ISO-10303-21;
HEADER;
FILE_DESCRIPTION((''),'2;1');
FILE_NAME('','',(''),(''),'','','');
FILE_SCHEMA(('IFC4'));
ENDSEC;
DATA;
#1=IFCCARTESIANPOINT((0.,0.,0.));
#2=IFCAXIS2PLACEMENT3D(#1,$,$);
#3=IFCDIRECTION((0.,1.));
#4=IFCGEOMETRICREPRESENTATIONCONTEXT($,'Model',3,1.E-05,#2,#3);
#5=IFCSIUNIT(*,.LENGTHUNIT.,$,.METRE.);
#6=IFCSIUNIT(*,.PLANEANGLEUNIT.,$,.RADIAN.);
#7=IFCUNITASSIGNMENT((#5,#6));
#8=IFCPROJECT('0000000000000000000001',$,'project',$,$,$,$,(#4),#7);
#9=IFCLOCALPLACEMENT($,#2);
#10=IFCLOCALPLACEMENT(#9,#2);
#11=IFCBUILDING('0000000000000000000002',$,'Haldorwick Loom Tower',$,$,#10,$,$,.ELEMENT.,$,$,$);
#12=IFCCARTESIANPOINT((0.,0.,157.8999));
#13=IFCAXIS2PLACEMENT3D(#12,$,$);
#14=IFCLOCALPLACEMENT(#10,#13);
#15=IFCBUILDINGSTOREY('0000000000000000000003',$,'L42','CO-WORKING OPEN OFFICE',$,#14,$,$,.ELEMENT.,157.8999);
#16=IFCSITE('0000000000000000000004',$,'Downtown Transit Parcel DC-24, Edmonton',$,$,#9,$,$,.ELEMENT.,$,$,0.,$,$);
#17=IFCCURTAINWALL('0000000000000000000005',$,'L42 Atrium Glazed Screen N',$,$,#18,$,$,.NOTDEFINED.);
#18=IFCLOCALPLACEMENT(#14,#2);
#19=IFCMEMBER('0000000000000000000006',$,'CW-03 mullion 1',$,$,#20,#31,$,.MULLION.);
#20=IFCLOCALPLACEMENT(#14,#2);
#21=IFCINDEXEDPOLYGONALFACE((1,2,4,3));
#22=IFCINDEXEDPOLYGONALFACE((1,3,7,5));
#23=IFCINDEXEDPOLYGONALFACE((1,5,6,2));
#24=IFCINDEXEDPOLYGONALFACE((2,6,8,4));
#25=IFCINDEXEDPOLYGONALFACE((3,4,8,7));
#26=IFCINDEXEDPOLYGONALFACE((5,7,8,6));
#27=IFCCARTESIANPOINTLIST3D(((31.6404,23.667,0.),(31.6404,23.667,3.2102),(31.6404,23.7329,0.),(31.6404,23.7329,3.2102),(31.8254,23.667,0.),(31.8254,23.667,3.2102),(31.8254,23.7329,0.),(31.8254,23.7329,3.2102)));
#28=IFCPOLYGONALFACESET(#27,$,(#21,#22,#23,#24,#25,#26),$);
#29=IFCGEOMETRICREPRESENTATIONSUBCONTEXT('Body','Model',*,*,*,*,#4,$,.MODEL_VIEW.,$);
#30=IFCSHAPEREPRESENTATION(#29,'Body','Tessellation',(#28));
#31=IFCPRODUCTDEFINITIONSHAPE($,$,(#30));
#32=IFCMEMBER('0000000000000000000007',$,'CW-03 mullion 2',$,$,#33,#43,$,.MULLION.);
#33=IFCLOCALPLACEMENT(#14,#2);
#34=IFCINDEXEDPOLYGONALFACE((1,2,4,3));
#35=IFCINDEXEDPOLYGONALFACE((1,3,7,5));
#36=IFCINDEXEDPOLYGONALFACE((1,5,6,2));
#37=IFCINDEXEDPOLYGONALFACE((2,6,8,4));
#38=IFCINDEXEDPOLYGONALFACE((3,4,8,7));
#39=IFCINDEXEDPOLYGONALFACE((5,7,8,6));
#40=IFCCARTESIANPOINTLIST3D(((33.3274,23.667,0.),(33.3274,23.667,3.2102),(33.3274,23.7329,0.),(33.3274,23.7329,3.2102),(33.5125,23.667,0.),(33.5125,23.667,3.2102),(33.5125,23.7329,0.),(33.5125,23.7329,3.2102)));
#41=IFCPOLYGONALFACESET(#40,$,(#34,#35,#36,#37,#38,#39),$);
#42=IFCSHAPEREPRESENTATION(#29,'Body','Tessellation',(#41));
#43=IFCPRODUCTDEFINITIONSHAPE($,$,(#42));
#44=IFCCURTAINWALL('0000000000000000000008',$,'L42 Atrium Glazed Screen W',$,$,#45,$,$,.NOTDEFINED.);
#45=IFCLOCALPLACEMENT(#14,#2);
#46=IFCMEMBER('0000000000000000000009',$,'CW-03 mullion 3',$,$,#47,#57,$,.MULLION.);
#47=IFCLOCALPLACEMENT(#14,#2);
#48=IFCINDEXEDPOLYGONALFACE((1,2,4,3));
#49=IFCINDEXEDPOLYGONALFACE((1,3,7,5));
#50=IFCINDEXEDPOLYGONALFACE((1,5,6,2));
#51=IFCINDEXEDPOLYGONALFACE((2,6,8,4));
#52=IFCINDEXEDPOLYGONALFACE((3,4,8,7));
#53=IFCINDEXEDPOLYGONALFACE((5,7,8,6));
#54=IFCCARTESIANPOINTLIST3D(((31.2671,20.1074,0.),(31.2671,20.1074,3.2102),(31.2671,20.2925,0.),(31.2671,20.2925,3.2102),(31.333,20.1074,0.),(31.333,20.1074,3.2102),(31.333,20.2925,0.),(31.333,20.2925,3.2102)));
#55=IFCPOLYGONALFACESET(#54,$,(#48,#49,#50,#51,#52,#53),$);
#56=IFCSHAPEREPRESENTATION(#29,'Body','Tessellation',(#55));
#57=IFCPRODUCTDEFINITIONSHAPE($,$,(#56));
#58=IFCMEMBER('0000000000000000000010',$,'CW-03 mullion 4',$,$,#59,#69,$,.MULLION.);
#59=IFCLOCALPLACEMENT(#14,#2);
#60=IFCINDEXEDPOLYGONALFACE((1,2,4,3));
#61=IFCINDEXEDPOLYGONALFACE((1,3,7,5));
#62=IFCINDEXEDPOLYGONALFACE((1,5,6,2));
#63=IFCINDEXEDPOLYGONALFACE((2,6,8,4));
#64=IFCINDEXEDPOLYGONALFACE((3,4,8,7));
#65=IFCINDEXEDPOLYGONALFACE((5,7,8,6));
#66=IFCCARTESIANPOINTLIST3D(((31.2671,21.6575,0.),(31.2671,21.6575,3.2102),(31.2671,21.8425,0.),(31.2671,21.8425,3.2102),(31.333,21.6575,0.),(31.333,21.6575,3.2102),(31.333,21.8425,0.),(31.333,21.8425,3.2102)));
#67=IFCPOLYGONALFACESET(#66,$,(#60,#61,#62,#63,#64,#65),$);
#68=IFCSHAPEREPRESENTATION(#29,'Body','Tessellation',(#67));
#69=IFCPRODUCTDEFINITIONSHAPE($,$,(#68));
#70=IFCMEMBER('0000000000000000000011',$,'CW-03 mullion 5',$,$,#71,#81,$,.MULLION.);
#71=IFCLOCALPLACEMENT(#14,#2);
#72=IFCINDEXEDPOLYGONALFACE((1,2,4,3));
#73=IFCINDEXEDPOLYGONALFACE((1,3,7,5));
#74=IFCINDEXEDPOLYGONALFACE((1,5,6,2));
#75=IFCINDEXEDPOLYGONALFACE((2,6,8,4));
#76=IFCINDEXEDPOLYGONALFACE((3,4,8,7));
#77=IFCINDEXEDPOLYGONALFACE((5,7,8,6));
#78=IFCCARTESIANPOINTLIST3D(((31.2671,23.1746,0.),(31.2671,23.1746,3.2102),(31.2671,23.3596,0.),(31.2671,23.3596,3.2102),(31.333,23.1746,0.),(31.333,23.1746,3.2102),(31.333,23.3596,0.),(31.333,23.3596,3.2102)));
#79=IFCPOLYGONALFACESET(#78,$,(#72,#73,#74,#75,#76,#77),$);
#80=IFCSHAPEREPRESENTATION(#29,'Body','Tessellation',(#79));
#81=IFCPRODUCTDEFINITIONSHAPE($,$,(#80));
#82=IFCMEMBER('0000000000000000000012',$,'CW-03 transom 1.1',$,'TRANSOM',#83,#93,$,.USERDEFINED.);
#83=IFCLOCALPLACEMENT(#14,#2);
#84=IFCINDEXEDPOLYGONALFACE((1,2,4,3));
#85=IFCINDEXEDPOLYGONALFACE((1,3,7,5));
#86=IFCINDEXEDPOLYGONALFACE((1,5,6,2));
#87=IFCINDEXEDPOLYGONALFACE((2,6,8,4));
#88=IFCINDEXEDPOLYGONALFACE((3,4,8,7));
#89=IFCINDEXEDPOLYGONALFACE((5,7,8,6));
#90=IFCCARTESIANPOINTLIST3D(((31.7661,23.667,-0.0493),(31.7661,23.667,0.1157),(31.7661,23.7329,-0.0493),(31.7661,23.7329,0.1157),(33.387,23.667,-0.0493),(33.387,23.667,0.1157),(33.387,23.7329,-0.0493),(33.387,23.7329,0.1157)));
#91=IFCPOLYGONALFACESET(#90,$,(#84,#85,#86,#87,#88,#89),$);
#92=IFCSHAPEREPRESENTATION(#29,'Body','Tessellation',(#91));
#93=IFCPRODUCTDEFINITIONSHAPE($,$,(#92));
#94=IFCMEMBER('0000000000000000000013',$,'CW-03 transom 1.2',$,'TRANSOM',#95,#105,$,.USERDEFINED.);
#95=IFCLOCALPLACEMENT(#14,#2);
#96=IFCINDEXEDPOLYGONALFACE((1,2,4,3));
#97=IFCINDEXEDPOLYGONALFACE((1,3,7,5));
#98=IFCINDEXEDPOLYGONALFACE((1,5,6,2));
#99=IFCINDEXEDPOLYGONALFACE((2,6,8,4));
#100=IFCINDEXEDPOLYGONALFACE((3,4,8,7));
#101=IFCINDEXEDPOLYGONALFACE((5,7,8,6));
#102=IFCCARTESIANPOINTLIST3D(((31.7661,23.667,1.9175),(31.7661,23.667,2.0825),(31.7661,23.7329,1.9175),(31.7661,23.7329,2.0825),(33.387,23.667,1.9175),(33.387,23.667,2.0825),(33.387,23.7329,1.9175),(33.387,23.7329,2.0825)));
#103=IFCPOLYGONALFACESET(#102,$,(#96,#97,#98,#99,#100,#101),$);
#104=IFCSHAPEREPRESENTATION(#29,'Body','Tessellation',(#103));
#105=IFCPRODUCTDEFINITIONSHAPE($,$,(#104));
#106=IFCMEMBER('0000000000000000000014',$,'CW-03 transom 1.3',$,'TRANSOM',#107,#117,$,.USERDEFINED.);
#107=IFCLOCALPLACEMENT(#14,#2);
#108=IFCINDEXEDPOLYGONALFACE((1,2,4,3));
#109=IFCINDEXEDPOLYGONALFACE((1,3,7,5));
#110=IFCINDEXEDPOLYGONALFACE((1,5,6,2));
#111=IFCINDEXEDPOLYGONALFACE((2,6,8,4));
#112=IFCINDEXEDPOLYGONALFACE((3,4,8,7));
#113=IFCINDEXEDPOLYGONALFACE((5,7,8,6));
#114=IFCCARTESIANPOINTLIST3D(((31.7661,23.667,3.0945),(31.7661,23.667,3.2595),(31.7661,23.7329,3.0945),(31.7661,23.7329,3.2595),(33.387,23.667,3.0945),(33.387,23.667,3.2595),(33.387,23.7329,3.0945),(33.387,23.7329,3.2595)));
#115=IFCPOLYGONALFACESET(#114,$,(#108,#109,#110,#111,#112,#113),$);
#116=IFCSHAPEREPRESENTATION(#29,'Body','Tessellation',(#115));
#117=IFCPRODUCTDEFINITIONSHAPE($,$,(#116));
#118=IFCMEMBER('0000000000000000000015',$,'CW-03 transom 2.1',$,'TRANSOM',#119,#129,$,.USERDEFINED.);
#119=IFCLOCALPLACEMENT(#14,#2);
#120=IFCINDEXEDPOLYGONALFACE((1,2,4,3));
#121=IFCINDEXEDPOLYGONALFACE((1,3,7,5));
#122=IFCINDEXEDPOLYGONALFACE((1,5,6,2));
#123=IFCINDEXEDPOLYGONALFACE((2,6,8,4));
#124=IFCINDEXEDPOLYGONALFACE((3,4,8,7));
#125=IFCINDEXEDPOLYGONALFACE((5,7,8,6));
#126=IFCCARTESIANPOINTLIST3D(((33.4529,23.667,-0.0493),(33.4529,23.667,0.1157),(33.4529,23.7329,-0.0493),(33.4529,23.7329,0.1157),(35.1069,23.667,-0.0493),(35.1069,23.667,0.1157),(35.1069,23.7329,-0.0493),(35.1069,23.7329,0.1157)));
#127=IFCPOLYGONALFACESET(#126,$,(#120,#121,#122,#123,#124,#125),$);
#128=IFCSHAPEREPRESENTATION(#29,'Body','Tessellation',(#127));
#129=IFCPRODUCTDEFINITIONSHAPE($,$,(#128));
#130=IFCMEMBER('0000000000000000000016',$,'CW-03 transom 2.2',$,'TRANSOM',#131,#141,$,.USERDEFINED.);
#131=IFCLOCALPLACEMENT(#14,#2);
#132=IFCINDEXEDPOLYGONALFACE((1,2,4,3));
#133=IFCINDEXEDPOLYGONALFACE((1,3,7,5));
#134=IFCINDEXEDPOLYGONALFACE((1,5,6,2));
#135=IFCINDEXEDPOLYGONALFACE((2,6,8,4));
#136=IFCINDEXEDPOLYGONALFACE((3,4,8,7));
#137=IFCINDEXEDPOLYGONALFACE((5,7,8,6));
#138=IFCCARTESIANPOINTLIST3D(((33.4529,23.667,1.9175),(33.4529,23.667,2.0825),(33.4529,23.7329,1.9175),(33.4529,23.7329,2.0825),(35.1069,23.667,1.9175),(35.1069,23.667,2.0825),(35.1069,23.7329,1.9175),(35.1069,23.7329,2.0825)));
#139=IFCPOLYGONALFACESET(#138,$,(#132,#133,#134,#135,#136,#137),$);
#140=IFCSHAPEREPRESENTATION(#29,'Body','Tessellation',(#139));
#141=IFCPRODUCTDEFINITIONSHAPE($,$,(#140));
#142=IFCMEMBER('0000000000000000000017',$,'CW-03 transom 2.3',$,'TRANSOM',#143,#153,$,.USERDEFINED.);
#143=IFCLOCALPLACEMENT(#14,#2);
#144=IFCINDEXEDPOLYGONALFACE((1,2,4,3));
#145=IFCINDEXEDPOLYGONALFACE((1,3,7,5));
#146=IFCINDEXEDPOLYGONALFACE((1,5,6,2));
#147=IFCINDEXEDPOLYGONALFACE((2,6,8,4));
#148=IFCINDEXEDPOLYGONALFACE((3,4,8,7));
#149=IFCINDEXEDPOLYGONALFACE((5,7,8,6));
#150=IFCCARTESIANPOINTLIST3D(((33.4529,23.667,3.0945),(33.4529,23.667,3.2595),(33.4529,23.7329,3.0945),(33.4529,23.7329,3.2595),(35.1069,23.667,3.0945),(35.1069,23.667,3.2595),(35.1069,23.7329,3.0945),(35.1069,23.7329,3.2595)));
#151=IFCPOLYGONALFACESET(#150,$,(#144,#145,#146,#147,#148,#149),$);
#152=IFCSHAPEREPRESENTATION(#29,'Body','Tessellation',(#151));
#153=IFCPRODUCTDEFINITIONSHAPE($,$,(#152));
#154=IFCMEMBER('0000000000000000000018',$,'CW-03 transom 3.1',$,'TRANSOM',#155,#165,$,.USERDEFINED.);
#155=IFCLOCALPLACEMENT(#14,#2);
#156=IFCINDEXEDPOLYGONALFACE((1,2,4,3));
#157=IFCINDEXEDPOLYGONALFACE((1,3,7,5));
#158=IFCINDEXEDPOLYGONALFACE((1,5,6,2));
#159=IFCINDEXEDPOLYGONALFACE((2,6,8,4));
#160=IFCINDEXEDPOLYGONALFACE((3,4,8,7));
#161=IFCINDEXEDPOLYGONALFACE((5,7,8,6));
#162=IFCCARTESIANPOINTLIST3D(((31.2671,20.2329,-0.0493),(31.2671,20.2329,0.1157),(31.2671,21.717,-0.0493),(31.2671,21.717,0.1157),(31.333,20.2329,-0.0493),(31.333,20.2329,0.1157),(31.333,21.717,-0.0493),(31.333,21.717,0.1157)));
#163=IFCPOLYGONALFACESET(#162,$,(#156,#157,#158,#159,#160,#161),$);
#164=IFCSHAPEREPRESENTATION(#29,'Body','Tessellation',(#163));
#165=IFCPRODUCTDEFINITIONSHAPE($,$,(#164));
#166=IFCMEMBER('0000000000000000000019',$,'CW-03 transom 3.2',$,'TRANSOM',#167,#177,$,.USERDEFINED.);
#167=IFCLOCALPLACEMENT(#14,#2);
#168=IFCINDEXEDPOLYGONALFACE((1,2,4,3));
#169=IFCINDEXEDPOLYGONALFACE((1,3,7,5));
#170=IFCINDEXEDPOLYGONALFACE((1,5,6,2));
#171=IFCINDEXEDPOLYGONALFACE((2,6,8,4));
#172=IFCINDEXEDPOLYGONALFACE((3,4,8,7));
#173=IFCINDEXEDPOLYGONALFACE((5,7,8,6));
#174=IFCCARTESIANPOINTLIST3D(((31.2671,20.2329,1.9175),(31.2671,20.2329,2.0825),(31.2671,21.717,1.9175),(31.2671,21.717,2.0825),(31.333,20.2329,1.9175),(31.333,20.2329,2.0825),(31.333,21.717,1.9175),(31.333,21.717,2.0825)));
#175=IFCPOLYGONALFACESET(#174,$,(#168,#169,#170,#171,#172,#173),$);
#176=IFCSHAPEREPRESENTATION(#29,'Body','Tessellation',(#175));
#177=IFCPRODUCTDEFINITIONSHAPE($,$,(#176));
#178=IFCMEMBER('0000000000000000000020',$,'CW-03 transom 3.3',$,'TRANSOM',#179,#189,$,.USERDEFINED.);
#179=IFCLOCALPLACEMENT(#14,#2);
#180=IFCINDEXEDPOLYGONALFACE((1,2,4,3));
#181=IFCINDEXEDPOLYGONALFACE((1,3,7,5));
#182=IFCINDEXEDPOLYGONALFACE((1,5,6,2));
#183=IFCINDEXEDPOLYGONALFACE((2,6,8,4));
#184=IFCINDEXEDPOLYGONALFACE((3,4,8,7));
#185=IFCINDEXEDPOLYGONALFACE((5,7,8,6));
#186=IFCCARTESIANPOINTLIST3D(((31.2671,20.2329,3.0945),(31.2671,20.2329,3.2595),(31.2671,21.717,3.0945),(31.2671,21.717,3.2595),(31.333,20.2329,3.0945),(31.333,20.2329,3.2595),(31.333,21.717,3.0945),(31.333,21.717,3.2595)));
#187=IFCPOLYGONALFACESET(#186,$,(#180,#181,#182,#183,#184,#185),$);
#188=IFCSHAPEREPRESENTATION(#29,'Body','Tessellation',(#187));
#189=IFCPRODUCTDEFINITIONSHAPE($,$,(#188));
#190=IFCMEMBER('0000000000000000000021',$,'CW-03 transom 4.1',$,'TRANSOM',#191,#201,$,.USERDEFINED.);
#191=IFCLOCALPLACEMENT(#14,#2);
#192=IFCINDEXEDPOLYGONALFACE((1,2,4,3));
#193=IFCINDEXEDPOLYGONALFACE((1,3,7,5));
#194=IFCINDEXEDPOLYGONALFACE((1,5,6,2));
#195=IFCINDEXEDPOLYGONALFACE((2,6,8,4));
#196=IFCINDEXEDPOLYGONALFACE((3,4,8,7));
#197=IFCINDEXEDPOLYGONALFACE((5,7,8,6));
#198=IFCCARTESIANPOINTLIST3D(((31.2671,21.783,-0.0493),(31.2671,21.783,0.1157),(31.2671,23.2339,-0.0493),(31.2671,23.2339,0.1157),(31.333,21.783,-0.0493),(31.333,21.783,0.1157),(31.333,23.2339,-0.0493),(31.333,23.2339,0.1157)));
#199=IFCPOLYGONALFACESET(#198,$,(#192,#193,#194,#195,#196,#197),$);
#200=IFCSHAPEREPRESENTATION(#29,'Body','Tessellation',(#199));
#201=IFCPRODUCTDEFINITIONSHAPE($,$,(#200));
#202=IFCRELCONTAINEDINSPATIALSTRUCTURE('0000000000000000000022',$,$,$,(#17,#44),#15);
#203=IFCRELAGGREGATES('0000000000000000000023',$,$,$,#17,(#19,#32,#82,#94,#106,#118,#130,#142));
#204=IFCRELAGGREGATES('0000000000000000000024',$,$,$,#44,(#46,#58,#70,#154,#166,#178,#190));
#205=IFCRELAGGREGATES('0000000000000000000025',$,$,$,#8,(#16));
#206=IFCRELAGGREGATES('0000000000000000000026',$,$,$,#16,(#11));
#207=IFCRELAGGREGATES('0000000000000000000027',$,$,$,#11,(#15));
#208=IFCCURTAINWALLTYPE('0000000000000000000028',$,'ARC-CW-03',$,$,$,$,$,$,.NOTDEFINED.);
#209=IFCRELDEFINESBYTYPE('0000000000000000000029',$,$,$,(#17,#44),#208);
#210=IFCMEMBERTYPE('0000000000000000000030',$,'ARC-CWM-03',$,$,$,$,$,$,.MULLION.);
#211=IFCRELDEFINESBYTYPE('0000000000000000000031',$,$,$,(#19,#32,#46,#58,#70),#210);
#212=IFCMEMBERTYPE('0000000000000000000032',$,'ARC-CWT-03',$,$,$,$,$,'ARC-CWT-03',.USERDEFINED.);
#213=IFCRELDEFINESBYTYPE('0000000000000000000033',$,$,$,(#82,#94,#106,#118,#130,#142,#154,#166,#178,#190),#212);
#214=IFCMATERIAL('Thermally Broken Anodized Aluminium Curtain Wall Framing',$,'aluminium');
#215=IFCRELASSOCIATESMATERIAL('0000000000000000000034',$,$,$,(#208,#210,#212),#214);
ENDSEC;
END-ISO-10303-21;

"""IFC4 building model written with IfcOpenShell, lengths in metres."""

from ifc_helpers import new_model, si_unit, direction, frame, origin, origin_2d, place, context, subcontext, project, spatial, rectangle, extrude, material, material_profile, profile_set, type_object, element, aggregate, save


model = new_model("IFC4")

# Units and contexts
model_context = context("Model", 3, precision=1e-05, world=origin(), true_north=direction((0.0, 1.0)))
body_context = subcontext(model_context, "Body", "Model", "MODEL_VIEW")
ifc_project = project(units=[si_unit("LENGTHUNIT", "METRE"), si_unit("PLANEANGLEUNIT", "RADIAN")], contexts=[model_context])

# Site, building, storey
site_placement = place(None, origin())
site = spatial("IfcSite", under=ifc_project, at=site_placement, Name="Downtown Transit Parcel DC-24, Edmonton", CompositionType="ELEMENT", RefElevation=0.0)
building_placement = place(site_placement, origin())
building = spatial("IfcBuilding", under=site, at=building_placement, Name="Haldorwick Loom Tower", CompositionType="ELEMENT")
storey_placement = place(building_placement, frame((0.0, 0.0, 157.8999)))
storey = spatial("IfcBuildingStorey", under=building, at=storey_placement, Name="L42", Description="CO-WORKING OPEN OFFICE", CompositionType="ELEMENT", Elevation=157.8999)

# Curtain walls, members
ifc_material_1 = material(Name="Thermally Broken Anodized Aluminium Curtain Wall Framing", Category="aluminium")
curtain_wall_type = type_object("IfcCurtainWallType", Name="ARC-CW-03", PredefinedType="NOTDEFINED", material=ifc_material_1)
curtain_wall_1_placement = place(storey_placement, origin())
curtain_wall_1 = element("IfcCurtainWall", 1, at=curtain_wall_1_placement, inside=storey, type_object=curtain_wall_type, Name="L42 Atrium Glazed Screen N", PredefinedType="NOTDEFINED")
ifc_material_profile_1 = material_profile(ifc_material_1, rectangle(XDim=0.0659, YDim=0.1851, at=origin_2d()), Name="ALU_MUL_66X185", Category="aluminium")
ifc_profile_set_1 = profile_set([ifc_material_profile_1], Name="Thermally Broken Anodized Aluminium Curtain Wall Framing")
member_type_1 = type_object("IfcMemberType", Name="ARC-CWM-03", PredefinedType="MULLION", material=ifc_profile_set_1)
member_1_placement = place(storey_placement, frame((31.7329, 23.7, 0.0), z_axis=(0.0, 0.0, 1.0), x_axis=(0.0, 1.0, 0.0)))
member_1 = element("IfcMember", 2, at=member_1_placement, type_object=member_type_1, Name="CW-03 mullion 1", PredefinedType="MULLION", context=body_context, shape_type="SweptSolid", body=[
    extrude(rectangle(XDim=0.0659, YDim=0.1851, at=origin_2d()), origin(), (0.0, 0.0, 1.0), 3.2102),
])
member_2_placement = place(storey_placement, frame((33.4199, 23.7, 0.0), z_axis=(0.0, 0.0, 1.0), x_axis=(0.0, 1.0, 0.0)))
member_2 = element("IfcMember", 3, at=member_2_placement, type_object=member_type_1, Name="CW-03 mullion 2", PredefinedType="MULLION", context=body_context, shape_type="SweptSolid", body=[
    extrude(rectangle(XDim=0.0659, YDim=0.1851, at=origin_2d()), origin(), (0.0, 0.0, 1.0), 3.2102),
])
curtain_wall_2_placement = place(storey_placement, origin())
curtain_wall_2 = element("IfcCurtainWall", 4, at=curtain_wall_2_placement, inside=storey, type_object=curtain_wall_type, Name="L42 Atrium Glazed Screen W", PredefinedType="NOTDEFINED")
member_3_placement = place(storey_placement, frame((31.3, 20.2, 0.0), z_axis=(0.0, 0.0, 1.0), x_axis=(-1.0, 0.0, 0.0)))
member_3 = element("IfcMember", 5, at=member_3_placement, type_object=member_type_1, Name="CW-03 mullion 3", PredefinedType="MULLION", context=body_context, shape_type="SweptSolid", body=[
    extrude(rectangle(XDim=0.0659, YDim=0.1851, at=origin_2d()), origin(), (0.0, 0.0, 1.0), 3.2102),
])
member_4_placement = place(storey_placement, frame((31.3, 21.75, 0.0), z_axis=(0.0, 0.0, 1.0), x_axis=(-1.0, 0.0, 0.0)))
member_4 = element("IfcMember", 6, at=member_4_placement, type_object=member_type_1, Name="CW-03 mullion 4", PredefinedType="MULLION", context=body_context, shape_type="SweptSolid", body=[
    extrude(rectangle(XDim=0.0659, YDim=0.1851, at=origin_2d()), origin(), (0.0, 0.0, 1.0), 3.2102),
])
member_5_placement = place(storey_placement, frame((31.3, 23.2671, 0.0), z_axis=(0.0, 0.0, 1.0), x_axis=(-1.0, 0.0, 0.0)))
member_5 = element("IfcMember", 7, at=member_5_placement, type_object=member_type_1, Name="CW-03 mullion 5", PredefinedType="MULLION", context=body_context, shape_type="SweptSolid", body=[
    extrude(rectangle(XDim=0.0659, YDim=0.1851, at=origin_2d()), origin(), (0.0, 0.0, 1.0), 3.2102),
])

# Members
ifc_material_profile_2 = material_profile(ifc_material_1, rectangle(XDim=0.0659, YDim=0.165, at=origin_2d()), Name="ALU_TRN_66X165", Category="aluminium")
ifc_profile_set_2 = profile_set([ifc_material_profile_2], Name="Thermally Broken Anodized Aluminium Curtain Wall Framing")
member_type_2 = type_object("IfcMemberType", Name="ARC-CWT-03", ElementType="ARC-CWT-03", PredefinedType="USERDEFINED", material=ifc_profile_set_2)
member_6_placement = place(storey_placement, frame((31.7661, 23.7, 0.0332), z_axis=(1.0, 0.0, 0.0), x_axis=(0.0, 1.0, 0.0)))
member_6 = element("IfcMember", 8, at=member_6_placement, type_object=member_type_2, Name="CW-03 transom 1.1", ObjectType="TRANSOM", PredefinedType="USERDEFINED", context=body_context, shape_type="SweptSolid", body=[
    extrude(rectangle(XDim=0.0659, YDim=0.165, at=origin_2d()), origin(), (0.0, 0.0, 1.0), 1.6208),
])
member_7_placement = place(storey_placement, frame((31.7661, 23.7, 2.0), z_axis=(1.0, 0.0, 0.0), x_axis=(0.0, 1.0, 0.0)))
member_7 = element("IfcMember", 9, at=member_7_placement, type_object=member_type_2, Name="CW-03 transom 1.2", ObjectType="TRANSOM", PredefinedType="USERDEFINED", context=body_context, shape_type="SweptSolid", body=[
    extrude(rectangle(XDim=0.0659, YDim=0.165, at=origin_2d()), origin(), (0.0, 0.0, 1.0), 1.6208),
])
member_8_placement = place(storey_placement, frame((31.7661, 23.7, 3.177), z_axis=(1.0, 0.0, 0.0), x_axis=(0.0, 1.0, 0.0)))
member_8 = element("IfcMember", 10, at=member_8_placement, type_object=member_type_2, Name="CW-03 transom 1.3", ObjectType="TRANSOM", PredefinedType="USERDEFINED", context=body_context, shape_type="SweptSolid", body=[
    extrude(rectangle(XDim=0.0659, YDim=0.165, at=origin_2d()), origin(), (0.0, 0.0, 1.0), 1.6208),
])
member_9_placement = place(storey_placement, frame((33.4529, 23.7, 0.0332), z_axis=(1.0, 0.0, 0.0), x_axis=(0.0, 1.0, 0.0)))
member_9 = element("IfcMember", 11, at=member_9_placement, type_object=member_type_2, Name="CW-03 transom 2.1", ObjectType="TRANSOM", PredefinedType="USERDEFINED", context=body_context, shape_type="SweptSolid", body=[
    extrude(rectangle(XDim=0.0659, YDim=0.165, at=origin_2d()), origin(), (0.0, 0.0, 1.0), 1.6541),
])
member_10_placement = place(storey_placement, frame((33.4529, 23.7, 2.0), z_axis=(1.0, 0.0, 0.0), x_axis=(0.0, 1.0, 0.0)))
member_10 = element("IfcMember", 12, at=member_10_placement, type_object=member_type_2, Name="CW-03 transom 2.2", ObjectType="TRANSOM", PredefinedType="USERDEFINED", context=body_context, shape_type="SweptSolid", body=[
    extrude(rectangle(XDim=0.0659, YDim=0.165, at=origin_2d()), origin(), (0.0, 0.0, 1.0), 1.6541),
])
member_11_placement = place(storey_placement, frame((33.4529, 23.7, 3.177), z_axis=(1.0, 0.0, 0.0), x_axis=(0.0, 1.0, 0.0)))
member_11 = element("IfcMember", 13, at=member_11_placement, type_object=member_type_2, Name="CW-03 transom 2.3", ObjectType="TRANSOM", PredefinedType="USERDEFINED", context=body_context, shape_type="SweptSolid", body=[
    extrude(rectangle(XDim=0.0659, YDim=0.165, at=origin_2d()), origin(), (0.0, 0.0, 1.0), 1.6541),
])
member_12_placement = place(storey_placement, frame((31.3, 20.2329, 0.0332), z_axis=(0.0, 1.0, 0.0), x_axis=(-1.0, 0.0, 0.0)))
member_12 = element("IfcMember", 14, at=member_12_placement, type_object=member_type_2, Name="CW-03 transom 3.1", ObjectType="TRANSOM", PredefinedType="USERDEFINED", context=body_context, shape_type="SweptSolid", body=[
    extrude(rectangle(XDim=0.0659, YDim=0.165, at=origin_2d()), origin(), (0.0, 0.0, 1.0), 1.4841),
])
member_13_placement = place(storey_placement, frame((31.3, 20.2329, 2.0), z_axis=(0.0, 1.0, 0.0), x_axis=(-1.0, 0.0, 0.0)))
member_13 = element("IfcMember", 15, at=member_13_placement, type_object=member_type_2, Name="CW-03 transom 3.2", ObjectType="TRANSOM", PredefinedType="USERDEFINED", context=body_context, shape_type="SweptSolid", body=[
    extrude(rectangle(XDim=0.0659, YDim=0.165, at=origin_2d()), origin(), (0.0, 0.0, 1.0), 1.4841),
])
member_14_placement = place(storey_placement, frame((31.3, 20.2329, 3.177), z_axis=(0.0, 1.0, 0.0), x_axis=(-1.0, 0.0, 0.0)))
member_14 = element("IfcMember", 16, at=member_14_placement, type_object=member_type_2, Name="CW-03 transom 3.3", ObjectType="TRANSOM", PredefinedType="USERDEFINED", context=body_context, shape_type="SweptSolid", body=[
    extrude(rectangle(XDim=0.0659, YDim=0.165, at=origin_2d()), origin(), (0.0, 0.0, 1.0), 1.4841),
])
member_15_placement = place(storey_placement, frame((31.3, 21.783, 0.0332), z_axis=(0.0, 1.0, 0.0), x_axis=(-1.0, 0.0, 0.0)))
member_15 = element("IfcMember", 17, at=member_15_placement, type_object=member_type_2, Name="CW-03 transom 4.1", ObjectType="TRANSOM", PredefinedType="USERDEFINED", context=body_context, shape_type="SweptSolid", body=[
    extrude(rectangle(XDim=0.0659, YDim=0.165, at=origin_2d()), origin(), (0.0, 0.0, 1.0), 1.4509),
])

aggregate(curtain_wall_1, [member_1, member_2, member_6, member_7, member_8, member_9, member_10, member_11])
aggregate(curtain_wall_2, [member_3, member_4, member_5, member_12, member_13, member_14, member_15])

save(model, "model.ifc")
